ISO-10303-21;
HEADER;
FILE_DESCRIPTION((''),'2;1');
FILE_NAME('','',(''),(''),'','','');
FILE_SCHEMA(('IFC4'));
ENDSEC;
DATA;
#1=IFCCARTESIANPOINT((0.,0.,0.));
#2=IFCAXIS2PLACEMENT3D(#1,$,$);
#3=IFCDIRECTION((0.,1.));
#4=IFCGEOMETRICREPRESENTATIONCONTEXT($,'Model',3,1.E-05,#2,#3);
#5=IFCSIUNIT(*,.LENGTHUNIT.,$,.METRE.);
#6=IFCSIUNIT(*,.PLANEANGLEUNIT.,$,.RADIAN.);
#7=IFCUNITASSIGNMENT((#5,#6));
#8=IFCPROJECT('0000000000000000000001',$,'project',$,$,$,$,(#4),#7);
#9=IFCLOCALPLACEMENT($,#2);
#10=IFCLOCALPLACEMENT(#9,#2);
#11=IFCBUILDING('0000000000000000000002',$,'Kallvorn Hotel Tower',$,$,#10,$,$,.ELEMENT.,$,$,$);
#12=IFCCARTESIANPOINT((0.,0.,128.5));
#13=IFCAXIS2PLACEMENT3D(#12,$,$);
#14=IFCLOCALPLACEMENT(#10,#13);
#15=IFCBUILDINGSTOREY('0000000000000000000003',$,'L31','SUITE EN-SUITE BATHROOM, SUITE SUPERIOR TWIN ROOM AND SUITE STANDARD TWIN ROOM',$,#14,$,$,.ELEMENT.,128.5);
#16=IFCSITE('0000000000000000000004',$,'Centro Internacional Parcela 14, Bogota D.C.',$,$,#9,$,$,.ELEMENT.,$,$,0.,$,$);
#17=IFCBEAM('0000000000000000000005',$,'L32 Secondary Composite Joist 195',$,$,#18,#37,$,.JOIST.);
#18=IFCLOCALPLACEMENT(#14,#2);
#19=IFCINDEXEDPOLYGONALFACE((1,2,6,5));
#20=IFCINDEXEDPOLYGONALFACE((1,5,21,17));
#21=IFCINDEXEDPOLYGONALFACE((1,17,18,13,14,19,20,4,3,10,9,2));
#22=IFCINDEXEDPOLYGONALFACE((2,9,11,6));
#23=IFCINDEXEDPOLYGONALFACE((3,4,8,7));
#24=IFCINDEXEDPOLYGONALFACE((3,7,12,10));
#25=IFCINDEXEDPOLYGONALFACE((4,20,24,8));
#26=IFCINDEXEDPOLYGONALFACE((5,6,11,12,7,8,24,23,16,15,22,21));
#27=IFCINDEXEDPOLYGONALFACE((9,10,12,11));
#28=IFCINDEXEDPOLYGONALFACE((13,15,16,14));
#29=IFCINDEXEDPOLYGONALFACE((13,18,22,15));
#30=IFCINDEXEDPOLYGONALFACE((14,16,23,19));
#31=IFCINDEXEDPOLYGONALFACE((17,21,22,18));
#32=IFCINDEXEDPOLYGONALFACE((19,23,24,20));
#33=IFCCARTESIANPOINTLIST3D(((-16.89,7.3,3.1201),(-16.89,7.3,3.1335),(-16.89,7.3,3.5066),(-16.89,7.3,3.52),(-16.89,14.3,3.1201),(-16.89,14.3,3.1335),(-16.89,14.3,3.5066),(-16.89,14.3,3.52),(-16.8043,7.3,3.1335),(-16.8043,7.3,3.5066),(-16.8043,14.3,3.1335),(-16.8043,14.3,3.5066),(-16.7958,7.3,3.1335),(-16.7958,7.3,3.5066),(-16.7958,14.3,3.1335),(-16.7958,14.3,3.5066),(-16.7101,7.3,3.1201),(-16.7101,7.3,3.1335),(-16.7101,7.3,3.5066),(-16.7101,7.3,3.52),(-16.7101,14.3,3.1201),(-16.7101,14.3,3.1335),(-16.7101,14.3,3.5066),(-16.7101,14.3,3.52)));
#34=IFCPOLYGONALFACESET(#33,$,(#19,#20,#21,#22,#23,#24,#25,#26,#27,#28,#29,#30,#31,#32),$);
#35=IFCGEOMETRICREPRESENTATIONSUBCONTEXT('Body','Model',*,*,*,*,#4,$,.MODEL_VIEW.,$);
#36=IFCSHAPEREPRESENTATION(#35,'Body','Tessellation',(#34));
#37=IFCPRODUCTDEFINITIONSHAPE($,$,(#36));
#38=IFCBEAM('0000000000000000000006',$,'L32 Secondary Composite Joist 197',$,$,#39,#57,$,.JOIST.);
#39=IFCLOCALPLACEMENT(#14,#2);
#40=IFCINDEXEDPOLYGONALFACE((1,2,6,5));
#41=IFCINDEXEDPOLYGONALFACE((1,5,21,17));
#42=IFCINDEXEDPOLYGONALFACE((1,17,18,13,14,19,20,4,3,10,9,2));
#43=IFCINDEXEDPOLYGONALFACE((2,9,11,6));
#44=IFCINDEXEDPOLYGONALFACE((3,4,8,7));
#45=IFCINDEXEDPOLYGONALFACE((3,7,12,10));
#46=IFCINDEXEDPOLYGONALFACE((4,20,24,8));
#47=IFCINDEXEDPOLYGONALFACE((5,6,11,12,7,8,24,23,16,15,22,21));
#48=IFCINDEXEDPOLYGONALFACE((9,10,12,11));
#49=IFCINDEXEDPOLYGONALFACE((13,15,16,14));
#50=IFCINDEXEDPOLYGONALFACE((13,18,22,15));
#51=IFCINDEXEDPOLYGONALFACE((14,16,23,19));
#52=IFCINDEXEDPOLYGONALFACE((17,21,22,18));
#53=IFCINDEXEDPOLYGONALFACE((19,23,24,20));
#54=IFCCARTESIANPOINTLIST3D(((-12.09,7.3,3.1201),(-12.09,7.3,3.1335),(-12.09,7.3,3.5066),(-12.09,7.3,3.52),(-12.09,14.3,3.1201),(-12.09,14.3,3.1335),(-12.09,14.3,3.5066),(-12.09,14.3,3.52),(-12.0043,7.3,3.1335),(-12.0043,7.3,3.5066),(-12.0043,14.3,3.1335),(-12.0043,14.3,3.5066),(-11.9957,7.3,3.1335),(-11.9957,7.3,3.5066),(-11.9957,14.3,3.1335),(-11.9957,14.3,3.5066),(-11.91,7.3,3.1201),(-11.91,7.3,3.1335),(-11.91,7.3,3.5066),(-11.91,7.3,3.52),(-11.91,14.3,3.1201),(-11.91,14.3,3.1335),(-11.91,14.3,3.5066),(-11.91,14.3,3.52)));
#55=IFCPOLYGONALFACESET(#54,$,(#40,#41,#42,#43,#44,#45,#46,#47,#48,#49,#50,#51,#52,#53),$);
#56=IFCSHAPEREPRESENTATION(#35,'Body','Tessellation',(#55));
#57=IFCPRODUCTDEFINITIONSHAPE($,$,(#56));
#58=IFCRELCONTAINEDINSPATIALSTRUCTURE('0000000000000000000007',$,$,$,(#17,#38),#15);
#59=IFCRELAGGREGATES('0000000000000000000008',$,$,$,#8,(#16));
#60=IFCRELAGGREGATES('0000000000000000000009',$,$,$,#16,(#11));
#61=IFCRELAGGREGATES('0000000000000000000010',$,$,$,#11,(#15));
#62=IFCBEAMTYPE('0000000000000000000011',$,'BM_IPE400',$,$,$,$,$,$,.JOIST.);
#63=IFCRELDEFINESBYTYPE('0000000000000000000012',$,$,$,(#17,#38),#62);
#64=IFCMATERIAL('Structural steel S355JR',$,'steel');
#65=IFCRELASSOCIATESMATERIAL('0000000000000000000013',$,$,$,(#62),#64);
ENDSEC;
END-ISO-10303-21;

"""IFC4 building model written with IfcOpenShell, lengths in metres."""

from ifc_helpers import new_model, si_unit, direction, frame, origin, origin_2d, place, context, subcontext, project, spatial, i_section, extrude, material, material_profile, profile_set, type_object, element, save


model = new_model("IFC4")

# Units and contexts
model_context = context("Model", 3, precision=1e-05, world=origin(), true_north=direction((0.0, 1.0)))
body_context = subcontext(model_context, "Body", "Model", "MODEL_VIEW")
ifc_project = project(units=[si_unit("LENGTHUNIT", "METRE"), si_unit("PLANEANGLEUNIT", "RADIAN")], contexts=[model_context])

# Site, building, storey
site_placement = place(None, origin())
site = spatial("IfcSite", under=ifc_project, at=site_placement, Name="Centro Internacional Parcela 14, Bogota D.C.", CompositionType="ELEMENT", RefElevation=0.0)
building_placement = place(site_placement, origin())
building = spatial("IfcBuilding", under=site, at=building_placement, Name="Kallvorn Hotel Tower", CompositionType="ELEMENT")
storey_placement = place(building_placement, frame((0.0, 0.0, 128.5)))
storey = spatial("IfcBuildingStorey", under=building, at=storey_placement, Name="L31", Description="SUITE EN-SUITE BATHROOM, SUITE SUPERIOR TWIN ROOM AND SUITE STANDARD TWIN ROOM", CompositionType="ELEMENT", Elevation=128.5)

# Beams
ifc_material_1 = material(Name="Structural steel S355JR", Category="steel")
ifc_material_profile_1 = material_profile(ifc_material_1, i_section(OverallWidth=0.1799, OverallDepth=0.3999, WebThickness=0.0085, FlangeThickness=0.0134, at=origin_2d()), Name="IPE 400")
ifc_profile_set_1 = profile_set([ifc_material_profile_1], Name="Structural steel S355JR")
beam_type_1 = type_object("IfcBeamType", Name="BM_IPE400", PredefinedType="JOIST", material=ifc_profile_set_1)
for number, where, z_axis, x_axis, name in (
    (1, (-16.8, 7.3, 3.3201), (0.0, 1.0, 0.0), (-1.0, 0.0, 0.0), "L32 Secondary Composite Joist 195"),
    (2, (-12.0, 7.3, 3.3201), (0.0, 1.0, 0.0), (-1.0, 0.0, 0.0), "L32 Secondary Composite Joist 197"),
):
    element("IfcBeam", number, at=place(storey_placement, frame(where, z_axis=z_axis, x_axis=x_axis)), inside=storey, type_object=beam_type_1, Name=name, PredefinedType="JOIST", context=body_context, shape_type="SweptSolid", body=[
        extrude(i_section(OverallWidth=0.1799, OverallDepth=0.3999, WebThickness=0.0085, FlangeThickness=0.0134, at=origin_2d()), origin(), (0.0, 0.0, 1.0), 7.0),
    ])

save(model, "model.ifc")
